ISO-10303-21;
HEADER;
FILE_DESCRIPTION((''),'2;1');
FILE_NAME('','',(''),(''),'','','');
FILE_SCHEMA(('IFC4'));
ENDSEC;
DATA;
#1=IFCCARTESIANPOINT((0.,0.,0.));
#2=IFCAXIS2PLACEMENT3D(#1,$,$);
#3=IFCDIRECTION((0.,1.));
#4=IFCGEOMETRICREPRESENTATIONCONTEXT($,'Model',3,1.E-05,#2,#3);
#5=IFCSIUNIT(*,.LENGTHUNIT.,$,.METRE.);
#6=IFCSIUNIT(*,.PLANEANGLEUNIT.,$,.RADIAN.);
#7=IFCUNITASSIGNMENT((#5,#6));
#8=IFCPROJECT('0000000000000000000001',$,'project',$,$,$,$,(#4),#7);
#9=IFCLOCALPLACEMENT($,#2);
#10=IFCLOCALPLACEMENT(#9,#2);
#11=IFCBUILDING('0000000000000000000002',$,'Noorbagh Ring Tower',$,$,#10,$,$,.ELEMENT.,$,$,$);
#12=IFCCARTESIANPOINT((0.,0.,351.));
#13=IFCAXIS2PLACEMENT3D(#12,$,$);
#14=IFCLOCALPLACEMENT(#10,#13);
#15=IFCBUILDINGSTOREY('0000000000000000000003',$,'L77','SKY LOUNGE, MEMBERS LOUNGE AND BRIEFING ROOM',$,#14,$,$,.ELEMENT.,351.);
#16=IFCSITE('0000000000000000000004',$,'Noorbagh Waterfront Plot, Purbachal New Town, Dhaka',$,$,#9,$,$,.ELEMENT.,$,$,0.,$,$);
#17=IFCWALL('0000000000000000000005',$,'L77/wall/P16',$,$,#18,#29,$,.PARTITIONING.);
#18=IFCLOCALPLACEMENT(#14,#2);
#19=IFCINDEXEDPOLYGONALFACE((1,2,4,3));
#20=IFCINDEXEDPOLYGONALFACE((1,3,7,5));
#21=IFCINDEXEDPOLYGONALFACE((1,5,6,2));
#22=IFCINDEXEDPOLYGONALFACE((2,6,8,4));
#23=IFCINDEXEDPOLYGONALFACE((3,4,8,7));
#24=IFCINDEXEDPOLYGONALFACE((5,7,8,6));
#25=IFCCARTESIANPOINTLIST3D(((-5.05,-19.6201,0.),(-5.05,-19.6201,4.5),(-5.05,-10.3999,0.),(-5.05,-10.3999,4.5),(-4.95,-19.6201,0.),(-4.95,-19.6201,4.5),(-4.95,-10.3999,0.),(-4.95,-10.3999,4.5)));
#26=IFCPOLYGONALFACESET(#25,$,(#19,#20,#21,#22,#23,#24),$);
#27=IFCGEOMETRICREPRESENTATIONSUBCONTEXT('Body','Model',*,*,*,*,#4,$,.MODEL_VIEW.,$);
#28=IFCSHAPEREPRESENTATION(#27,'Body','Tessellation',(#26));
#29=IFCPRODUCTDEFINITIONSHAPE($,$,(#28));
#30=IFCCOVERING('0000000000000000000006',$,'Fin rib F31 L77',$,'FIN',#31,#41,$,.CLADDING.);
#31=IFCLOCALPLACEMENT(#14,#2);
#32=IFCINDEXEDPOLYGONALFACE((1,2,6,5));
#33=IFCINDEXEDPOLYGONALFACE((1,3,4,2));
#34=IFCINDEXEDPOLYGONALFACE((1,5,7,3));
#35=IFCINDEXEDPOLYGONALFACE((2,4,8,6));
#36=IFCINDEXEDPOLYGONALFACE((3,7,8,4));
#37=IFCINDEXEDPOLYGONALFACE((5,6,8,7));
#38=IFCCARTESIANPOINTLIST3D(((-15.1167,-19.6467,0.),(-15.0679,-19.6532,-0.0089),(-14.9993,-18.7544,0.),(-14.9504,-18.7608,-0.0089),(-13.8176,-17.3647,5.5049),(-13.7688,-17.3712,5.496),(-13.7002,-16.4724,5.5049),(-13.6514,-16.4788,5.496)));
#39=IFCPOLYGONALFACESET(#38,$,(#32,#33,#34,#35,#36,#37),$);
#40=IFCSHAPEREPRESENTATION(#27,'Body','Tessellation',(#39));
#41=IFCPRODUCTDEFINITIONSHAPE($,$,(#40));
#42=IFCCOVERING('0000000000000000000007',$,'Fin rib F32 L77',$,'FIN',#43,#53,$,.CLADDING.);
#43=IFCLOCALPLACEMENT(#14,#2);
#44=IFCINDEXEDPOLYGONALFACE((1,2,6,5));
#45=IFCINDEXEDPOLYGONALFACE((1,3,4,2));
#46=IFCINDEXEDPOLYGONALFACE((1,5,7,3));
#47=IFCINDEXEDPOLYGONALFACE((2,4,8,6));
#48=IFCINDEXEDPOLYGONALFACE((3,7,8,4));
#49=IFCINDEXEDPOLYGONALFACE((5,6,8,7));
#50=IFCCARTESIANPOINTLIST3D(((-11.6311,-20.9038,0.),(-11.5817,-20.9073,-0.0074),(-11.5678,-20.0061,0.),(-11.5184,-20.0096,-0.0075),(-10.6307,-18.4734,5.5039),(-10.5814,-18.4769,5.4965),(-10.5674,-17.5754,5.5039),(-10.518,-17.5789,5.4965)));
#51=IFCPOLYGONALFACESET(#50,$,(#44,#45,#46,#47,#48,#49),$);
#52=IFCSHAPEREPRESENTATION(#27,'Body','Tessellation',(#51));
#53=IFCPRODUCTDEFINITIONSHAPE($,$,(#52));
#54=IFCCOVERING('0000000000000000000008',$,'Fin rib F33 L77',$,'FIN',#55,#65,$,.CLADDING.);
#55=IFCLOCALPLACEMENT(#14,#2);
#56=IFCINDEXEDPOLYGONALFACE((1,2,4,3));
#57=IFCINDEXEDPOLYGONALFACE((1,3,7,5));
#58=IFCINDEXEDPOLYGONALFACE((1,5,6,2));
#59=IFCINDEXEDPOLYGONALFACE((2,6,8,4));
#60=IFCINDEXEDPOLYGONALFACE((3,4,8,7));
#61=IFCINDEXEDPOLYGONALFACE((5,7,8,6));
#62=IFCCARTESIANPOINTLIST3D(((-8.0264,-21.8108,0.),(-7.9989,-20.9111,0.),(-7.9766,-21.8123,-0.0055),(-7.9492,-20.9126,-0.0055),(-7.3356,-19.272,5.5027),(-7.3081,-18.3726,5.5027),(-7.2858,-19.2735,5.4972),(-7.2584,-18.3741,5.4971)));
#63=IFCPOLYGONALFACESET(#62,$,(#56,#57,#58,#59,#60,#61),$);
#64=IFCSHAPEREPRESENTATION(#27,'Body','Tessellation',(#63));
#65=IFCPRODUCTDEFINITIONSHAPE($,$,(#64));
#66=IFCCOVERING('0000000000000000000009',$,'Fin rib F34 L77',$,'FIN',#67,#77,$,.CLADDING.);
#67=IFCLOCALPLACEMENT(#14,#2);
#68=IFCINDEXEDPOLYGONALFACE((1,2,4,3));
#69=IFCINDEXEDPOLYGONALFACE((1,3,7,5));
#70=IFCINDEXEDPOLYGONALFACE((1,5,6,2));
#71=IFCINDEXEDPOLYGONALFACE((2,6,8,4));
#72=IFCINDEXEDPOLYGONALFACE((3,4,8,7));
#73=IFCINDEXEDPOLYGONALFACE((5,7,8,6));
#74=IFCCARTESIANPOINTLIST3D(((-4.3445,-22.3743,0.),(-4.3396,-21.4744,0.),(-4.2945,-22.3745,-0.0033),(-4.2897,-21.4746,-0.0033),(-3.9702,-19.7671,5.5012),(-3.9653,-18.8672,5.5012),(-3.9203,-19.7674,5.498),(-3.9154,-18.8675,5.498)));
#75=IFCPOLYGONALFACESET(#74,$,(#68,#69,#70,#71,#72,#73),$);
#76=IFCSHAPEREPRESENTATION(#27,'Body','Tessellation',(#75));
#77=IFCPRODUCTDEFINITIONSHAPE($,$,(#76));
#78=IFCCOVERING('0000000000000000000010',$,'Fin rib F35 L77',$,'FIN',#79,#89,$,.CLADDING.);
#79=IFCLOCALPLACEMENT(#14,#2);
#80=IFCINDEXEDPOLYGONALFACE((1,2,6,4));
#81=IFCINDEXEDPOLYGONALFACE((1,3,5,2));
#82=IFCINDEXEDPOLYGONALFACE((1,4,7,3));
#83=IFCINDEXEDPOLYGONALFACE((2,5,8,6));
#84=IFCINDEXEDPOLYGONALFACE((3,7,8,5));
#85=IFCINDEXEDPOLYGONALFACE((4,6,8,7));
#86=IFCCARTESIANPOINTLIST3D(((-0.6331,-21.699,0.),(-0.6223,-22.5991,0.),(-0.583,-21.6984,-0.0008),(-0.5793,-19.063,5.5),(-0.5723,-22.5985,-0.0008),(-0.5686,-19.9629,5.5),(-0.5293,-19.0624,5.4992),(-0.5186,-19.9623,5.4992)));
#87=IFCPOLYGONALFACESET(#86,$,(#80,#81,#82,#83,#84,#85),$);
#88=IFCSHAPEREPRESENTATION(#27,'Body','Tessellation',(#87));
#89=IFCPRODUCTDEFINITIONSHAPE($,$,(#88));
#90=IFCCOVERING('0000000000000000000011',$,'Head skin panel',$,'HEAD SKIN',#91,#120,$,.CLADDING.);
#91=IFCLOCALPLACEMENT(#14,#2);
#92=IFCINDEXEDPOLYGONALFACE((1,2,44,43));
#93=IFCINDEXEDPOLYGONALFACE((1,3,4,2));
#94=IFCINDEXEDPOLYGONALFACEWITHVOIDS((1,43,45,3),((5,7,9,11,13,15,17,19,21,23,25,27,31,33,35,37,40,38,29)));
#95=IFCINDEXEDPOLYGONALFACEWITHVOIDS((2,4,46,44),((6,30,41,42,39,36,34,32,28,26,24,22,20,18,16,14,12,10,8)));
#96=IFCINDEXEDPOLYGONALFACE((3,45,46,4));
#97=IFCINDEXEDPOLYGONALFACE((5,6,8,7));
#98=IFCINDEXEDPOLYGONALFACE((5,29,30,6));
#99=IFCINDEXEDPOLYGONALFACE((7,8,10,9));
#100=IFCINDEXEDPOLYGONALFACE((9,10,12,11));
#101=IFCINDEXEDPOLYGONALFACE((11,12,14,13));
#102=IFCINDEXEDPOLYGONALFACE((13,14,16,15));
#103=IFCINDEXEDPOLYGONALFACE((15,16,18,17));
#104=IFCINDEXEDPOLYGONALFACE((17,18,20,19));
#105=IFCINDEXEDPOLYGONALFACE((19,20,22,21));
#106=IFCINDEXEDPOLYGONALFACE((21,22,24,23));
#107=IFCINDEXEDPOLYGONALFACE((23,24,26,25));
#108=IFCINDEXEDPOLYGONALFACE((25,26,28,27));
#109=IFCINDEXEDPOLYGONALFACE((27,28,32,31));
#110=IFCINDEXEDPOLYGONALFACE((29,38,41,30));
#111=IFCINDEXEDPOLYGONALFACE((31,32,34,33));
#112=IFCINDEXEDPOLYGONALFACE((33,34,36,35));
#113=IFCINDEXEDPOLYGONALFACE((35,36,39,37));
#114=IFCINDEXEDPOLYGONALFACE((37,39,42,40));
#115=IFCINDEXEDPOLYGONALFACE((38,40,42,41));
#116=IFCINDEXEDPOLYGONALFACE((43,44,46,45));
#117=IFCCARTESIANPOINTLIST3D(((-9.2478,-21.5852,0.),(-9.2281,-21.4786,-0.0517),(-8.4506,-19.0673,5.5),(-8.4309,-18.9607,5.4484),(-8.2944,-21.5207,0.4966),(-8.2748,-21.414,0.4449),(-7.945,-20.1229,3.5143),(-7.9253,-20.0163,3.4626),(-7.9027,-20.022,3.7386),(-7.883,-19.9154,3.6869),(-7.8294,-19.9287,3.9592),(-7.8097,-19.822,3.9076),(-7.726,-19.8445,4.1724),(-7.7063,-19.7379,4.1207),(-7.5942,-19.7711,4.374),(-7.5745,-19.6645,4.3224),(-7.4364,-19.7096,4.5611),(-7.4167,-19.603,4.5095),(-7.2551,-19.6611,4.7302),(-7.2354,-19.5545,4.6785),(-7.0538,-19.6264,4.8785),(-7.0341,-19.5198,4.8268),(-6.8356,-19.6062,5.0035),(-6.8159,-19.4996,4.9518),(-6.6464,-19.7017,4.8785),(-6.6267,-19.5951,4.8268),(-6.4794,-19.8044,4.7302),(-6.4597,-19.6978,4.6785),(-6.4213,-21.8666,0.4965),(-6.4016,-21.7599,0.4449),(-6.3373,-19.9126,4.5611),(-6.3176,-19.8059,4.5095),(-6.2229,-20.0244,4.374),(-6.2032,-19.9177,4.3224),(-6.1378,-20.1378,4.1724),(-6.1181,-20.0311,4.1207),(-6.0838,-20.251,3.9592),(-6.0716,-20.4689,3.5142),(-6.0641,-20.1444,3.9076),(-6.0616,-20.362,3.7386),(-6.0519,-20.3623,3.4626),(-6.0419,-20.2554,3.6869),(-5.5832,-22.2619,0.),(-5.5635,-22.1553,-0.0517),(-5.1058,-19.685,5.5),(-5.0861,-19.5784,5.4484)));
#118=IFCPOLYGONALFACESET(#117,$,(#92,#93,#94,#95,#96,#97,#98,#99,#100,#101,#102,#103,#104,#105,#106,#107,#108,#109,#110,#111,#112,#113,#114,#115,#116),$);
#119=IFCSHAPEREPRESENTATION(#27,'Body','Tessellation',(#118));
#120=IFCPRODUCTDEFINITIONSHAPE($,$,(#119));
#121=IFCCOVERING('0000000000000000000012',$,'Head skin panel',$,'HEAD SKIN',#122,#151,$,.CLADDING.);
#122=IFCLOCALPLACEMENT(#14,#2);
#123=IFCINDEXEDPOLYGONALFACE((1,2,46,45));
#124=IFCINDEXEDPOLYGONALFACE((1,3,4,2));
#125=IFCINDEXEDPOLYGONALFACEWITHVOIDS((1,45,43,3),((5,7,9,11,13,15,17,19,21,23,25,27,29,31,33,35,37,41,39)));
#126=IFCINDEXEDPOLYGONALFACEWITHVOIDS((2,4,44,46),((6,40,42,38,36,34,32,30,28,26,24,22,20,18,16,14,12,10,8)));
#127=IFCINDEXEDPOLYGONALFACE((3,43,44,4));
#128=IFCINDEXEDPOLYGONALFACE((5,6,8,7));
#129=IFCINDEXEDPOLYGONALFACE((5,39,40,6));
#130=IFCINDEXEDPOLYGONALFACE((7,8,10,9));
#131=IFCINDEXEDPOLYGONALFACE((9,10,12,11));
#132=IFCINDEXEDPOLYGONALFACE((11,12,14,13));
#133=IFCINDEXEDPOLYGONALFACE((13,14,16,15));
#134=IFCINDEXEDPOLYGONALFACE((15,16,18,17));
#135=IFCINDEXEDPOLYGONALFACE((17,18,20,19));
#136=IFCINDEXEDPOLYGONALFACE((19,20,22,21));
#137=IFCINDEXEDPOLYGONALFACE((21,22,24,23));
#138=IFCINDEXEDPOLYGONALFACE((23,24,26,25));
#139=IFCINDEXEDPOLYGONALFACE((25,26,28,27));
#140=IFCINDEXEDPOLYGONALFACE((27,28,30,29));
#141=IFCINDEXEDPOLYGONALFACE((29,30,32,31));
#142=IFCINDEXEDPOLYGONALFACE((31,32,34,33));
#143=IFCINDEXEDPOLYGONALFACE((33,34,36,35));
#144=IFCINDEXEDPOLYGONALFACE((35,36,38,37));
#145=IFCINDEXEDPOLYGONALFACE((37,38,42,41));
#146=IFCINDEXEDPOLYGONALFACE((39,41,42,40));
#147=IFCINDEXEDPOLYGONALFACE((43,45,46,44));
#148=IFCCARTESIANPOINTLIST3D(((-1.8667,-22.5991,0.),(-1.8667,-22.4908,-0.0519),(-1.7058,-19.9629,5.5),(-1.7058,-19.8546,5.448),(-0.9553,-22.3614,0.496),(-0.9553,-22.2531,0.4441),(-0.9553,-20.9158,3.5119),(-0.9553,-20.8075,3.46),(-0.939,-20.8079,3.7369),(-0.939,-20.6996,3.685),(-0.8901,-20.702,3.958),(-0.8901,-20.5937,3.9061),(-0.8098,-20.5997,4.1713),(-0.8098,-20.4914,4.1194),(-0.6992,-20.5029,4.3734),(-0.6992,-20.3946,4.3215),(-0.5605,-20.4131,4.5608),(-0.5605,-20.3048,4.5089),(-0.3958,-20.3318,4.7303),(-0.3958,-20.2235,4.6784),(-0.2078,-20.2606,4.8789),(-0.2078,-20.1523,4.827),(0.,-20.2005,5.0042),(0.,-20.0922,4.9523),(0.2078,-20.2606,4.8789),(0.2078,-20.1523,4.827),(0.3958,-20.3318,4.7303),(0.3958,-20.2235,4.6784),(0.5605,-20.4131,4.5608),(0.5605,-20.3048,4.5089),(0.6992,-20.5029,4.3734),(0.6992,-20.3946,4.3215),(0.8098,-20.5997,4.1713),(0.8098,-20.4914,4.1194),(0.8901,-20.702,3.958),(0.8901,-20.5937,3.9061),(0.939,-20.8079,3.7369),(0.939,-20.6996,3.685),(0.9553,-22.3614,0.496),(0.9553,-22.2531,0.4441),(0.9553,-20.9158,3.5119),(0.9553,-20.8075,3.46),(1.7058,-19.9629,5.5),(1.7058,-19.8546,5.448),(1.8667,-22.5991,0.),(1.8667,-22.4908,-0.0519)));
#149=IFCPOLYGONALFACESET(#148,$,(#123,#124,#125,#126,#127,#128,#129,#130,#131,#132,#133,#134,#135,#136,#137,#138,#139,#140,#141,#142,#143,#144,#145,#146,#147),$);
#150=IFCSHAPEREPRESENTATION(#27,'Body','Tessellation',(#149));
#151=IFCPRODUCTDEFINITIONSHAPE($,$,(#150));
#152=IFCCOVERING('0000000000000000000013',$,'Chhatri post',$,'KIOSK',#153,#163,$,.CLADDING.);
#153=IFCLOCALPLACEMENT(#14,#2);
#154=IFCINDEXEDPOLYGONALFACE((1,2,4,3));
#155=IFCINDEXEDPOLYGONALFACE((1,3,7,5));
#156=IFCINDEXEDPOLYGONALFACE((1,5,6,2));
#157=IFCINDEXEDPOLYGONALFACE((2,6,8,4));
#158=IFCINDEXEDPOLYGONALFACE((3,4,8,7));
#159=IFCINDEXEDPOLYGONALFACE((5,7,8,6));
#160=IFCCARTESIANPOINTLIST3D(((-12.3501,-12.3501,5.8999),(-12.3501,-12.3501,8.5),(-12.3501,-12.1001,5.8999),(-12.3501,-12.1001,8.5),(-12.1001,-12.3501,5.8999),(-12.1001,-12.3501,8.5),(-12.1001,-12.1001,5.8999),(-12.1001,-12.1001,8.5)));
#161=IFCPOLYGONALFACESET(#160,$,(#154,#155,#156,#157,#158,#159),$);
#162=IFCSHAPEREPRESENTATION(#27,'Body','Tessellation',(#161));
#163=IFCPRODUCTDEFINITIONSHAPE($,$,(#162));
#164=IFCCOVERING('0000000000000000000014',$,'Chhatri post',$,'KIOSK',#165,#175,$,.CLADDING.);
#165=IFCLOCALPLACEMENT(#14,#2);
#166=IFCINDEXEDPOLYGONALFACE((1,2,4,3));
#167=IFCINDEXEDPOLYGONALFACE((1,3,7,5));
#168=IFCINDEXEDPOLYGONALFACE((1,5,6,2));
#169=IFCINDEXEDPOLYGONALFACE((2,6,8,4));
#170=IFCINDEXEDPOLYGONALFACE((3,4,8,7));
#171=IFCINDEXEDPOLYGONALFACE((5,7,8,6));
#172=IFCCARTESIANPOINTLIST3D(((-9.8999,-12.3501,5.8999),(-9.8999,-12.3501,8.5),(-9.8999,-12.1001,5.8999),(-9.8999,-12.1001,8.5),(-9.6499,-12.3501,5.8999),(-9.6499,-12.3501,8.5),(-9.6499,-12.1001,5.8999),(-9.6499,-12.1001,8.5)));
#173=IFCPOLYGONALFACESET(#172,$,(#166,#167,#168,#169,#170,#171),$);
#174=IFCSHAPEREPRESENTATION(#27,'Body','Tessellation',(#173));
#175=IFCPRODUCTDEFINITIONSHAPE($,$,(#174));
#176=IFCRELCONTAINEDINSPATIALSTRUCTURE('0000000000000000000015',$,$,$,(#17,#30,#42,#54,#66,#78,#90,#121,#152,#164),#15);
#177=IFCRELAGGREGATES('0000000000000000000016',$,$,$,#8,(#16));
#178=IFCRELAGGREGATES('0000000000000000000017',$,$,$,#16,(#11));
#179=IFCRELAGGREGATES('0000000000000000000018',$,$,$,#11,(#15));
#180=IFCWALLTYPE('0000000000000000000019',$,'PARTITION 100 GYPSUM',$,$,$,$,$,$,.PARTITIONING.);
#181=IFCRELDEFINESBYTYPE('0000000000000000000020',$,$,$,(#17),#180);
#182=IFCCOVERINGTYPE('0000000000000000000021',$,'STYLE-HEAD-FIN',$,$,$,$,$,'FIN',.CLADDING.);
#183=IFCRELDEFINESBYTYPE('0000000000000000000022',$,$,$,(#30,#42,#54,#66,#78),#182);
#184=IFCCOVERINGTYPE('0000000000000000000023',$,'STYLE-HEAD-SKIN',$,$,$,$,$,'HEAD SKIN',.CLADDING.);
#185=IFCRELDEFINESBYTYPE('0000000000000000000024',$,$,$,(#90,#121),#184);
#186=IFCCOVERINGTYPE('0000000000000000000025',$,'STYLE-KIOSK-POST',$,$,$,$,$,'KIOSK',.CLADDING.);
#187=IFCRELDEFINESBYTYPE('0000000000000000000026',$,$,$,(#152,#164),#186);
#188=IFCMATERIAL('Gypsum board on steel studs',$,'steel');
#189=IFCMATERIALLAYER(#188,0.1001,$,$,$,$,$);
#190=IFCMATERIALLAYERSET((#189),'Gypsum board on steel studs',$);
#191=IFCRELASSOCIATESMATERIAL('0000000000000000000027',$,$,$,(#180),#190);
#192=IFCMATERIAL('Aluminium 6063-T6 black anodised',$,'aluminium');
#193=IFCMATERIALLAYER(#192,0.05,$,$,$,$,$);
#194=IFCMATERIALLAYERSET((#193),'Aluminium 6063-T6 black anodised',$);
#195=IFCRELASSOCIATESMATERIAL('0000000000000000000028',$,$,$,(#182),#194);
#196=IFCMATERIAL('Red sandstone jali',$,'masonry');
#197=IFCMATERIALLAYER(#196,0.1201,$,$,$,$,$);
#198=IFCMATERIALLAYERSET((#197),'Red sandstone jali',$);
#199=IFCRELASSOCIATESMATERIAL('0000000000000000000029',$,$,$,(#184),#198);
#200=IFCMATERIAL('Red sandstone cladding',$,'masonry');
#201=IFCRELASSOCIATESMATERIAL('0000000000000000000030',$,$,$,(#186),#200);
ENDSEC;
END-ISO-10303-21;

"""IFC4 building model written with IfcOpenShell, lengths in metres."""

from ifc_helpers import new_model, si_unit, direction, frame, frame_2d, origin, origin_2d, place, context, subcontext, project, spatial, polyline, rectangle, outline, extrude, material, layer, layer_set, type_object, element, save


model = new_model("IFC4")

# Units and contexts
model_context = context("Model", 3, precision=1e-05, world=origin(), true_north=direction((0.0, 1.0)))
body_context = subcontext(model_context, "Body", "Model", "MODEL_VIEW")
ifc_project = project(units=[si_unit("LENGTHUNIT", "METRE"), si_unit("PLANEANGLEUNIT", "RADIAN")], contexts=[model_context])

# Site, building, storey
site_placement = place(None, origin())
site = spatial("IfcSite", under=ifc_project, at=site_placement, Name="Noorbagh Waterfront Plot, Purbachal New Town, Dhaka", CompositionType="ELEMENT", RefElevation=0.0)
building_placement = place(site_placement, origin())
building = spatial("IfcBuilding", under=site, at=building_placement, Name="Noorbagh Ring Tower", CompositionType="ELEMENT")
storey_placement = place(building_placement, frame((0.0, 0.0, 351.0)))
storey = spatial("IfcBuildingStorey", under=building, at=storey_placement, Name="L77", Description="SKY LOUNGE, MEMBERS LOUNGE AND BRIEFING ROOM", CompositionType="ELEMENT", Elevation=351.0)

# Wall
ifc_material_1 = material(Name="Gypsum board on steel studs", Category="steel")
ifc_layer_1 = layer(ifc_material_1, 0.1001)
ifc_layer_set_1 = layer_set([ifc_layer_1], Name="Gypsum board on steel studs")
wall_type = type_object("IfcWallType", Name="PARTITION 100 GYPSUM", PredefinedType="PARTITIONING", material=ifc_layer_set_1)
wall_placement = place(storey_placement, frame((-5.0, -19.6201, 0.0), z_axis=(0.0, 0.0, 1.0), x_axis=(0.0, 1.0, 0.0)))
element("IfcWall", 1, at=wall_placement, inside=storey, type_object=wall_type, Name="L77/wall/P16", PredefinedType="PARTITIONING", context=body_context, shape_type="SweptSolid", body=[
    extrude(rectangle(XDim=9.2202, YDim=0.1001, at=frame_2d((4.6101, 0.0))), origin(), (0.0, 0.0, 1.0), 4.5),
])

# Coverings
ifc_material_2 = material(Name="Aluminium 6063-T6 black anodised", Category="aluminium")
ifc_layer_2 = layer(ifc_material_2, 0.05)
ifc_layer_set_2 = layer_set([ifc_layer_2], Name="Aluminium 6063-T6 black anodised")
covering_type_1 = type_object("IfcCoveringType", Name="STYLE-HEAD-FIN", ElementType="FIN", PredefinedType="CLADDING", material=ifc_layer_set_2)
covering_1_placement = place(storey_placement, frame((-15.1167, -19.6467, 0.0), z_axis=(-0.97579, 0.128415, 0.17704), x_axis=(0.212995, 0.374152, 0.902576)))
element("IfcCovering", 2, at=covering_1_placement, inside=storey, type_object=covering_type_1, Name="Fin rib F31 L77", ObjectType="FIN", PredefinedType="CLADDING", context=body_context, shape_type="SweptSolid", body=[
    extrude(outline(polyline([(0.0, 0.0), (6.0991, 0.0), (6.458, 0.8254), (0.3589, 0.8254), (0.0, 0.0)])), origin(), (0.0, 0.0, -1.0), 0.05),
])
covering_2_placement = place(storey_placement, frame((-11.6311, -20.9038, 0.0), z_axis=(-0.986451, 0.069608, 0.148554), x_axis=(0.164014, 0.39848, 0.902393)))
element("IfcCovering", 3, at=covering_2_placement, inside=storey, type_object=covering_type_1, Name="Fin rib F32 L77", ObjectType="FIN", PredefinedType="CLADDING", context=body_context, shape_type="SweptSolid", body=[
    extrude(outline(polyline([(0.0, 0.0), (6.0992, 0.0), (6.4674, 0.8214), (0.3681, 0.8212), (0.0, 0.0)])), origin(), (0.0, 0.0, -1.0), 0.05),
])
covering_3_placement = place(storey_placement, frame((-8.0264, -21.8108, 0.0), z_axis=(-0.993389, 0.030331, 0.110714), x_axis=(0.113257, 0.416242, 0.902172)))
element("IfcCovering", 4, at=covering_3_placement, inside=storey, type_object=covering_type_1, Name="Fin rib F33 L77", ObjectType="FIN", PredefinedType="CLADDING", context=body_context, shape_type="SweptSolid", body=[
    extrude(outline(polyline([(0.0, 0.0), (6.0994, 0.0), (6.4769, 0.8168), (0.3776, 0.817), (0.0, 0.0)])), origin(), (0.0, 0.0, -1.0), 0.05),
])
covering_4_placement = place(storey_placement, frame((-4.3445, -22.3743, 0.0), z_axis=(-0.99785, 0.005414, 0.065321), x_axis=(0.061363, 0.427459, 0.90195)))
element("IfcCovering", 5, at=covering_4_placement, inside=storey, type_object=covering_type_1, Name="Fin rib F34 L77", ObjectType="FIN", PredefinedType="CLADDING", context=body_context, shape_type="SweptSolid", body=[
    extrude(outline(polyline([(0.0, 0.0), (6.0993, 0.0), (6.4842, 0.8134), (0.385, 0.8134), (0.0, 0.0)])), origin(), (0.0, 0.0, -1.0), 0.05),
])
covering_5_placement = place(storey_placement, frame((-0.6223, -22.5991, 0.0), z_axis=(-0.999809, -0.011933, 0.015483), x_axis=(0.008806, 0.432212, 0.901729)))
element("IfcCovering", 6, at=covering_5_placement, inside=storey, type_object=covering_type_1, Name="Fin rib F35 L77", ObjectType="FIN", PredefinedType="CLADDING", context=body_context, shape_type="SweptSolid", body=[
    extrude(outline(polyline([(0.0, 0.0), (6.0994, 0.0), (6.4882, 0.8116), (0.389, 0.8118), (0.0, 0.0)])), origin(), (0.0, 0.0, -1.0), 0.05),
])
ifc_material_3 = material(Name="Red sandstone jali", Category="masonry")
ifc_layer_3 = layer(ifc_material_3, 0.1201)
ifc_layer_set_3 = layer_set([ifc_layer_3], Name="Red sandstone jali")
covering_type_2 = type_object("IfcCoveringType", Name="STYLE-HEAD-SKIN", ElementType="HEAD SKIN", PredefinedType="CLADDING", material=ifc_layer_set_3)
covering_6_placement = place(storey_placement, frame((-9.2478, -21.5852, 0.0), z_axis=(-0.163937, -0.887742, 0.430161), x_axis=(0.983373, -0.181599, -0.000003)))
element("IfcCovering", 7, at=covering_6_placement, inside=storey, type_object=covering_type_2, Name="Head skin panel", ObjectType="HEAD SKIN", PredefinedType="CLADDING", context=body_context, shape_type="SweptSolid", body=[
    extrude(outline(polyline([(0.0, 0.0), (3.7266, 0.0), (3.728, 6.0925), (0.3267, 6.0925), (0.0, 0.0)]), holes=[polyline([(0.9258, 0.55), (1.0156, 3.8928), (1.0388, 4.1414), (1.094, 4.3857), (1.1804, 4.6218), (1.2966, 4.8452), (1.4407, 5.0525), (1.6101, 5.2397), (1.8018, 5.4041), (2.0127, 5.5425), (2.2161, 5.4041), (2.3989, 5.2397), (2.5583, 5.0525), (2.6912, 4.8452), (2.7954, 4.6218), (2.8691, 4.3857), (2.9111, 4.1414), (2.9207, 3.8928), (2.8306, 0.55), (0.9258, 0.55)])]), origin(), (0.0, 0.0, -1.0), 0.1201),
])
covering_7_placement = place(storey_placement, frame((-1.8667, -22.5991, 0.0), z_axis=(0.0, -0.901764, 0.432229), x_axis=(1.0, 0.0, 0.0)))
element("IfcCovering", 8, at=covering_7_placement, inside=storey, type_object=covering_type_2, Name="Head skin panel", ObjectType="HEAD SKIN", PredefinedType="CLADDING", context=body_context, shape_type="SweptSolid", body=[
    extrude(outline(polyline([(0.0, 0.0), (3.7334, 0.0), (3.5725, 6.0991), (0.1609, 6.0991), (0.0, 0.0)]), holes=[polyline([(0.9114, 0.55), (0.9114, 3.8945), (0.9277, 4.144), (0.9766, 4.3892), (1.0569, 4.6257), (1.1675, 4.8499), (1.3062, 5.0576), (1.4709, 5.2456), (1.6589, 5.4104), (1.8667, 5.5493), (2.0745, 5.4104), (2.2625, 5.2456), (2.4272, 5.0576), (2.5659, 4.8499), (2.6765, 4.6257), (2.7568, 4.3892), (2.8057, 4.144), (2.822, 3.8945), (2.822, 0.55), (0.9114, 0.55)])]), origin(), (0.0, 0.0, -1.0), 0.1201),
])
ifc_material_4 = material(Name="Red sandstone cladding", Category="masonry")
covering_type_3 = type_object("IfcCoveringType", Name="STYLE-KIOSK-POST", ElementType="KIOSK", PredefinedType="CLADDING", material=ifc_material_4)
for number, where, z_axis, x_axis, name in (
    (9, (-12.2251, -12.2251, 5.8999), (0.0, 0.0, 1.0), (1.0, 0.0, 0.0), "Chhatri post"),
    (10, (-9.7749, -12.2251, 5.8999), (0.0, 0.0, 1.0), (1.0, 0.0, 0.0), "Chhatri post"),
):
    element("IfcCovering", number, at=place(storey_placement, frame(where, z_axis=z_axis, x_axis=x_axis)), inside=storey, type_object=covering_type_3, Name=name, ObjectType="KIOSK", PredefinedType="CLADDING", context=body_context, shape_type="SweptSolid", body=[
        extrude(rectangle(XDim=0.25, YDim=0.25, at=origin_2d()), origin(), (0.0, 0.0, 1.0), 2.6001),
    ])

save(model, "model.ifc")
